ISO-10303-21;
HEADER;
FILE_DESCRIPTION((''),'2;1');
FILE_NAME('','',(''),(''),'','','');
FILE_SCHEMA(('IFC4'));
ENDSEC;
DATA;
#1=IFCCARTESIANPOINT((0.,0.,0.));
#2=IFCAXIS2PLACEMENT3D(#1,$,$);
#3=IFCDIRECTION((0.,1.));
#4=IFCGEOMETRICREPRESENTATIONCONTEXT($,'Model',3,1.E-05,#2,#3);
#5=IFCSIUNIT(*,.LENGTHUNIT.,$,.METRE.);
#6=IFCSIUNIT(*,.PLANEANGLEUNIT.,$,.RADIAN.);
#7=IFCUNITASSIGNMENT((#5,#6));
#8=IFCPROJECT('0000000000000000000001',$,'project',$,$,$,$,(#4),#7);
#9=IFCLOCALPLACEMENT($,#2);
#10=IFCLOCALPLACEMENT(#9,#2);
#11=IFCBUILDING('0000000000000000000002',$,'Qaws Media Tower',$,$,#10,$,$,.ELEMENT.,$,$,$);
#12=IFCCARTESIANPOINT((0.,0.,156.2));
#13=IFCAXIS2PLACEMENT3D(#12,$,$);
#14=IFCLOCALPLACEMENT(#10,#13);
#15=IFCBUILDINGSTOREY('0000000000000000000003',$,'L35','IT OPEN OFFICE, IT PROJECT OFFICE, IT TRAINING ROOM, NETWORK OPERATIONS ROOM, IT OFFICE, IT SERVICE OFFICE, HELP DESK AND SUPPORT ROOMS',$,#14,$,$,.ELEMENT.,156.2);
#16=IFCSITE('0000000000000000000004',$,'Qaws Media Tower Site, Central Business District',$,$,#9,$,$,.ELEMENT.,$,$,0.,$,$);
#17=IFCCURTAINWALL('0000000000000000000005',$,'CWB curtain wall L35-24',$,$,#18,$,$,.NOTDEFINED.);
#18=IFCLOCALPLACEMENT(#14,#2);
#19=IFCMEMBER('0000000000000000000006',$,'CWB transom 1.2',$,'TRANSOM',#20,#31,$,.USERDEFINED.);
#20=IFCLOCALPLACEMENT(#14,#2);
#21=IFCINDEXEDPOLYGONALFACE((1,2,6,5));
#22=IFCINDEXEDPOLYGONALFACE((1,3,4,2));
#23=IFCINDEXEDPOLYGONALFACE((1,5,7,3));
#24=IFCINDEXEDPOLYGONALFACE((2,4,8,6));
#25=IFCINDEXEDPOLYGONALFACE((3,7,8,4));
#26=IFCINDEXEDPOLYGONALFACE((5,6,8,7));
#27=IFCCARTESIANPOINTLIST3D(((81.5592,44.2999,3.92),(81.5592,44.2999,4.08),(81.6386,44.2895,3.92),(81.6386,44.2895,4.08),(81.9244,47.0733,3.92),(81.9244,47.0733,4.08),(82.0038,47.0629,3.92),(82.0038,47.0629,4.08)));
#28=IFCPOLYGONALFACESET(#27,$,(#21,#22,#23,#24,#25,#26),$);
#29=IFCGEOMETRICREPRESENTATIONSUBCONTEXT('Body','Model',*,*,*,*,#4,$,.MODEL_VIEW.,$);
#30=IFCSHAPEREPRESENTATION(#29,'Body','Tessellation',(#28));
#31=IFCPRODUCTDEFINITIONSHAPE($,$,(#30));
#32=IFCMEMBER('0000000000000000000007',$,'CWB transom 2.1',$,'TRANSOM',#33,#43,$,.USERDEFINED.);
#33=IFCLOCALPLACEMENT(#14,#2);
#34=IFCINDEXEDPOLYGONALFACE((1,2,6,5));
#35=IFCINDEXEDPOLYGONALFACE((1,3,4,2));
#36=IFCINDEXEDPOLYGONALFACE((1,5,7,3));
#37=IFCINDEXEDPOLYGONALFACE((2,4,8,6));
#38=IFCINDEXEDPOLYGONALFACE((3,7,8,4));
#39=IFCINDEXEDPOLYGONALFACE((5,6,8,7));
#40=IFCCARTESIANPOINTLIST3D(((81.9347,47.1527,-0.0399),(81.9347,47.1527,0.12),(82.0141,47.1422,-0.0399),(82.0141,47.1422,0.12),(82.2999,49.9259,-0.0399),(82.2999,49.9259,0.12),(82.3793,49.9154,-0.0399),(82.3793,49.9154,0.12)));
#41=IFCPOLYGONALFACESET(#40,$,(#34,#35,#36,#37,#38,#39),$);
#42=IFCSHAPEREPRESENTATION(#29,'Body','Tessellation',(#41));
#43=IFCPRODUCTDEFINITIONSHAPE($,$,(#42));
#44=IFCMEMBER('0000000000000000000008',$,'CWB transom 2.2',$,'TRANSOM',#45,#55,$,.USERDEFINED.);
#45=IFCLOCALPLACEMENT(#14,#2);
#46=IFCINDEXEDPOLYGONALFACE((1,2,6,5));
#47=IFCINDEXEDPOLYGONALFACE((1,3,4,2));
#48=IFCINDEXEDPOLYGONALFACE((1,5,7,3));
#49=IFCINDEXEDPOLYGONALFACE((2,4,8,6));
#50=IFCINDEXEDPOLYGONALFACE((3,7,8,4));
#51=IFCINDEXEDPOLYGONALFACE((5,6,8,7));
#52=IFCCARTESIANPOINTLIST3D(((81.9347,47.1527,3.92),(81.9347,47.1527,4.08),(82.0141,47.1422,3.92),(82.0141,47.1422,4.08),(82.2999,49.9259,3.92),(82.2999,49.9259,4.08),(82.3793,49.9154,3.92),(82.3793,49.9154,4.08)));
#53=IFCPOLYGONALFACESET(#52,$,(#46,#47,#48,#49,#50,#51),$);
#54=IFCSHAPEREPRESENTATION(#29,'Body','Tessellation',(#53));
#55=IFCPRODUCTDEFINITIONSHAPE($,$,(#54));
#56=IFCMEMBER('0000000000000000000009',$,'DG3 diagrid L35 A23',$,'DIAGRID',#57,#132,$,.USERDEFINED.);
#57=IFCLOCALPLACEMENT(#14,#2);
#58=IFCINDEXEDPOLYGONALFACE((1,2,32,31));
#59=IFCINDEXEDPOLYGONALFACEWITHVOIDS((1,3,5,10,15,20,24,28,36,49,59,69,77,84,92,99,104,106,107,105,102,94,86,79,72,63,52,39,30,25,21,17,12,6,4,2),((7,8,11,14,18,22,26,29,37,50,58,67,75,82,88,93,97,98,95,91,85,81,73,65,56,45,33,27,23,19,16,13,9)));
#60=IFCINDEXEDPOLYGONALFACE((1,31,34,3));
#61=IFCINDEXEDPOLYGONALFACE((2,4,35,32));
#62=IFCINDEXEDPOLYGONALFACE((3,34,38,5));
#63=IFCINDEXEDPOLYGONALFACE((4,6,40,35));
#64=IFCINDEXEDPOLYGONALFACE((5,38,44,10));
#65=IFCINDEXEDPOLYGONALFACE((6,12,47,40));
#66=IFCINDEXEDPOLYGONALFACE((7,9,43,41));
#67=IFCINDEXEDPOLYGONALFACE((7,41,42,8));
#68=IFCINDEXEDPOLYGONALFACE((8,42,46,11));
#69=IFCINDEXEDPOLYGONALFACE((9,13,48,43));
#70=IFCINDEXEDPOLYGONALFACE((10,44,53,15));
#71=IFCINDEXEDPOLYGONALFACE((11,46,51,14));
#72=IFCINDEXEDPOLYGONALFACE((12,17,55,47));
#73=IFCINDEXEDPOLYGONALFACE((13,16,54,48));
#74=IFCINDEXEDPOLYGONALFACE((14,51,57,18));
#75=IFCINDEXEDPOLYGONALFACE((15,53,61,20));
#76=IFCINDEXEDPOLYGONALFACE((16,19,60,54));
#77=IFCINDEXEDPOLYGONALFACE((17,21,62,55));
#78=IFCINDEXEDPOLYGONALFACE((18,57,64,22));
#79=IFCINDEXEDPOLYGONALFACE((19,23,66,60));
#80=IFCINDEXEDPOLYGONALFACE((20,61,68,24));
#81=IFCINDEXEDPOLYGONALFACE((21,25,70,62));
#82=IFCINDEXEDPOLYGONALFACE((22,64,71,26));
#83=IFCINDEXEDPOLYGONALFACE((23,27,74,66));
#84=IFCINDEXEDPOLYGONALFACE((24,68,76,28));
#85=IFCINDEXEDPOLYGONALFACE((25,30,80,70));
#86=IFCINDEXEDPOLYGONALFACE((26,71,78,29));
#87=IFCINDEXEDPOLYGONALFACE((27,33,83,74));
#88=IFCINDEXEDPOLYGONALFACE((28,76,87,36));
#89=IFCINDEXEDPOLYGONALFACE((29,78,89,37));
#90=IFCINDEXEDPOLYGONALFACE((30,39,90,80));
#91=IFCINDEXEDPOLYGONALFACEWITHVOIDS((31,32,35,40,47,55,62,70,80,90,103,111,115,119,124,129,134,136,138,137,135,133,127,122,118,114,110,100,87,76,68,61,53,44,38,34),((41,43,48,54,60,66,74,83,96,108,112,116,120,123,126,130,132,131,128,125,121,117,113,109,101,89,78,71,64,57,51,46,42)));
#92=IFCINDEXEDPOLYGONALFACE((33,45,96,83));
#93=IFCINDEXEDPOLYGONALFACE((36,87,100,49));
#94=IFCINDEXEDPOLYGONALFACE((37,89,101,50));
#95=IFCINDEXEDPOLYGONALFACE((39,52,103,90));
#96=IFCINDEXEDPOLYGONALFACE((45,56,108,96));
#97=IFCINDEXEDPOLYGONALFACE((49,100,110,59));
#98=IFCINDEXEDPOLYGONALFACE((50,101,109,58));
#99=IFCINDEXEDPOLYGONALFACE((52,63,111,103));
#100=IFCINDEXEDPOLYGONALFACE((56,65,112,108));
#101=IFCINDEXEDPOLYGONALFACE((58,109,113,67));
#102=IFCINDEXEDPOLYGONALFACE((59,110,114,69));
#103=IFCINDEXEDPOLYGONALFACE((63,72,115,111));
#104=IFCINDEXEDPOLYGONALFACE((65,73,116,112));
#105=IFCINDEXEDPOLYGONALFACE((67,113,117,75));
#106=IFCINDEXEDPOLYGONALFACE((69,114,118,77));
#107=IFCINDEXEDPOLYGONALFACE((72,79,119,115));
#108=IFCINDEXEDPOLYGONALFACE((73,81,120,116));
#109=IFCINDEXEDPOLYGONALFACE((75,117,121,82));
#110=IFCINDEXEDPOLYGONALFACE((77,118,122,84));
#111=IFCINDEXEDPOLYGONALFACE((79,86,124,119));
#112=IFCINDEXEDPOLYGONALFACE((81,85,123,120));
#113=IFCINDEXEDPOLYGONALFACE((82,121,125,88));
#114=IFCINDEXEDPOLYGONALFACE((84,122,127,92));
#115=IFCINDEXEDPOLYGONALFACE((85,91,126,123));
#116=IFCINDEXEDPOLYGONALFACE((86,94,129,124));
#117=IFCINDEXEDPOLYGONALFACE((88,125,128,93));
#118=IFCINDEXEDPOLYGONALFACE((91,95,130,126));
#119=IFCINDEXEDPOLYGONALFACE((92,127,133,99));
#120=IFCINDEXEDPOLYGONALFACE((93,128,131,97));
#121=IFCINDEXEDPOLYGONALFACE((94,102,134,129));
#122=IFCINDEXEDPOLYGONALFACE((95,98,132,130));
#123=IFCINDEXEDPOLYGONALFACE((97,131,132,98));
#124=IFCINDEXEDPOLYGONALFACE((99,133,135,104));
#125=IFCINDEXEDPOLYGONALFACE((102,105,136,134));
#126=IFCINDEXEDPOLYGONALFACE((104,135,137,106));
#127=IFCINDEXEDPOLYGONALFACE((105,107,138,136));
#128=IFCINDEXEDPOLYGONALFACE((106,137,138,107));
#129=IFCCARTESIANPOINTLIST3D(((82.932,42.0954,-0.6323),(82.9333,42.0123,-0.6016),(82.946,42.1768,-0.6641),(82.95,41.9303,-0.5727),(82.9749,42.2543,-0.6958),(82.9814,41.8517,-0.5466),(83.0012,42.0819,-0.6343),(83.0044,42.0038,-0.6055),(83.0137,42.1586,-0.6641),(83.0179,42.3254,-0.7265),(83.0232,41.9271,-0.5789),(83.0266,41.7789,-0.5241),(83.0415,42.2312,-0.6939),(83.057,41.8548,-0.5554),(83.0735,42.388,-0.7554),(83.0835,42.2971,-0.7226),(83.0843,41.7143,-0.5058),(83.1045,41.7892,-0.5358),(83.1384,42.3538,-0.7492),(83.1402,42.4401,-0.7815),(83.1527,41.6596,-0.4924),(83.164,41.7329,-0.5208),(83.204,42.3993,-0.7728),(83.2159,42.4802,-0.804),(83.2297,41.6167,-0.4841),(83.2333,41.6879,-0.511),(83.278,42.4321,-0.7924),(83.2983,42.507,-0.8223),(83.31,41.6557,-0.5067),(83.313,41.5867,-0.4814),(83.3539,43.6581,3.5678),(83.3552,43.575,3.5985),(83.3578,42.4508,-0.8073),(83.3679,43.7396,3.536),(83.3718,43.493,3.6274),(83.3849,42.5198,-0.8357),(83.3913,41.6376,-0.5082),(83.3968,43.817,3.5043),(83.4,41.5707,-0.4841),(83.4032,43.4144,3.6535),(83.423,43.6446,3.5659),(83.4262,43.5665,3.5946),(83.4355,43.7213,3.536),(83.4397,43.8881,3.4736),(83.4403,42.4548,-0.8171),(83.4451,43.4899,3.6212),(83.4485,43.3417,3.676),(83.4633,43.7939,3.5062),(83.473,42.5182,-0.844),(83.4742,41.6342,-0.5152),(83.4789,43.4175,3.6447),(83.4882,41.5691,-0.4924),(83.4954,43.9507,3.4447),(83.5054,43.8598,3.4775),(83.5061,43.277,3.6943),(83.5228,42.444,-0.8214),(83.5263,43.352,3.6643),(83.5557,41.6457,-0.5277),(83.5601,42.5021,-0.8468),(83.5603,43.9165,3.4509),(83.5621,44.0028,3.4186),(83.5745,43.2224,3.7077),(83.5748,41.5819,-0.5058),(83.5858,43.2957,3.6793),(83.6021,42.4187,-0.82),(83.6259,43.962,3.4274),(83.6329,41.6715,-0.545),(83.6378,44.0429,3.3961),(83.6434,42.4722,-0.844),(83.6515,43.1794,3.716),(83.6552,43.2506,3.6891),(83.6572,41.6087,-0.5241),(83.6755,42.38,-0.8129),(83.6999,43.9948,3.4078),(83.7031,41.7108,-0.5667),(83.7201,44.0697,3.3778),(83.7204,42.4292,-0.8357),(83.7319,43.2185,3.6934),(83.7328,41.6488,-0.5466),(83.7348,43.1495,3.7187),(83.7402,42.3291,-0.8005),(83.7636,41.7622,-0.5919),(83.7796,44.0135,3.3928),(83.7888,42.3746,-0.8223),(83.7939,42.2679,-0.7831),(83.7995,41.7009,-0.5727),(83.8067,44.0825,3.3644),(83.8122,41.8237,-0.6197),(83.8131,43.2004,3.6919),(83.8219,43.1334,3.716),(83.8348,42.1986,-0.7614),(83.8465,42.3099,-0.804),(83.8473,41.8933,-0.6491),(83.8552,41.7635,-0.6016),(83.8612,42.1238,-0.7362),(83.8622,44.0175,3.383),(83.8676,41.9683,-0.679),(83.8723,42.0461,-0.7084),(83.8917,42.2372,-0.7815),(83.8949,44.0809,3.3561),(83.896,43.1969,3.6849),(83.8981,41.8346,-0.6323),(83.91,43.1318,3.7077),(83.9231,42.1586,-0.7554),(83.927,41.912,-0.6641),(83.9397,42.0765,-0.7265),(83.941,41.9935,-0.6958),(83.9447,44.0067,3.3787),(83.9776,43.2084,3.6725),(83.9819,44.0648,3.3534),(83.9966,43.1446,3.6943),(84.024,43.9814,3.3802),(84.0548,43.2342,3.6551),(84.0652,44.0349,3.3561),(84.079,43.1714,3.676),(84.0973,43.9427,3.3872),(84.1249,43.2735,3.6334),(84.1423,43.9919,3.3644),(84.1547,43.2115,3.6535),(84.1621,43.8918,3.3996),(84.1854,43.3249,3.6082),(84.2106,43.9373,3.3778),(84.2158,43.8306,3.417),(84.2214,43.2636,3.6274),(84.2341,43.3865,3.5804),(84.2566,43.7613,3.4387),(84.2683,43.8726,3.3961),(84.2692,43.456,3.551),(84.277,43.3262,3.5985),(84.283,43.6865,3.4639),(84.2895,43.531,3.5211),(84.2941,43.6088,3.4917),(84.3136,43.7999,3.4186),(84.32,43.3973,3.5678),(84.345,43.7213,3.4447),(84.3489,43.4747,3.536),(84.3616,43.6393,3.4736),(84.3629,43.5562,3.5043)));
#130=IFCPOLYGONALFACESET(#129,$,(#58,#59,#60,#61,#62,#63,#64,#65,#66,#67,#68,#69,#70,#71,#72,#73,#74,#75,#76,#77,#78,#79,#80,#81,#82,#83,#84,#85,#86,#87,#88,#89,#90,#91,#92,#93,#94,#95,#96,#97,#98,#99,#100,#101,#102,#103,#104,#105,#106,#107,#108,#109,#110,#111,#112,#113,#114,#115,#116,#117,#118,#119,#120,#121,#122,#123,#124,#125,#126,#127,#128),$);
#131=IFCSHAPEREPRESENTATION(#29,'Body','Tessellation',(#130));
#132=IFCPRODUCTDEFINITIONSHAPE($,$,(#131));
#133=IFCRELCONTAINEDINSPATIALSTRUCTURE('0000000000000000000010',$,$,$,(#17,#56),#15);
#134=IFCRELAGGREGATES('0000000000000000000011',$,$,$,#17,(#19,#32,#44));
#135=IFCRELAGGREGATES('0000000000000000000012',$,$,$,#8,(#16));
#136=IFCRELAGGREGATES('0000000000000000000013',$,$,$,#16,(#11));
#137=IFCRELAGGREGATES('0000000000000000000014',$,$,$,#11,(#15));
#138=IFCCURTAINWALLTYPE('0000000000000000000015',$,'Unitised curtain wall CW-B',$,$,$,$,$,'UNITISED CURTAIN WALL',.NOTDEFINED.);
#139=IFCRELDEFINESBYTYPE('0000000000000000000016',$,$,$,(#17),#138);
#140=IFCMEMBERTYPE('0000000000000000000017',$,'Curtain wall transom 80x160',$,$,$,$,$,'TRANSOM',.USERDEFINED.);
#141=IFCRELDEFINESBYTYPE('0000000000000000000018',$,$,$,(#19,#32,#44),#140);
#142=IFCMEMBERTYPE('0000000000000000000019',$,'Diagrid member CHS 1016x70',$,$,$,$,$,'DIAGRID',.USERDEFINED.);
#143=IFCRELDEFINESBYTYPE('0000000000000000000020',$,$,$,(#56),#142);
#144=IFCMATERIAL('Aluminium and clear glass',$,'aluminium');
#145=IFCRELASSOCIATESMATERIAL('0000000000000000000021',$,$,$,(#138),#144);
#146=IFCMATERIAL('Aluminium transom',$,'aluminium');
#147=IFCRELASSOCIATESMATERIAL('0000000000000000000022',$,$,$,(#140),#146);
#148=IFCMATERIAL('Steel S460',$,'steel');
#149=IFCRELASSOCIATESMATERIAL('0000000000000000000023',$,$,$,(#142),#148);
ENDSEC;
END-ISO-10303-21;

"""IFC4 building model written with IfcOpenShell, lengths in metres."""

from ifc_helpers import new_model, si_unit, direction, frame, origin, origin_2d, place, context, subcontext, project, spatial, rectangle, hollow_circle, extrude, material, material_profile, profile_set, type_object, element, aggregate, save


model = new_model("IFC4")

# Units and contexts
model_context = context("Model", 3, precision=1e-05, world=origin(), true_north=direction((0.0, 1.0)))
body_context = subcontext(model_context, "Body", "Model", "MODEL_VIEW")
ifc_project = project(units=[si_unit("LENGTHUNIT", "METRE"), si_unit("PLANEANGLEUNIT", "RADIAN")], contexts=[model_context])

# Site, building, storey
site_placement = place(None, origin())
site = spatial("IfcSite", under=ifc_project, at=site_placement, Name="Qaws Media Tower Site, Central Business District", CompositionType="ELEMENT", RefElevation=0.0)
building_placement = place(site_placement, origin())
building = spatial("IfcBuilding", under=site, at=building_placement, Name="Qaws Media Tower", CompositionType="ELEMENT")
storey_placement = place(building_placement, frame((0.0, 0.0, 156.2)))
storey = spatial("IfcBuildingStorey", under=building, at=storey_placement, Name="L35", Description="IT OPEN OFFICE, IT PROJECT OFFICE, IT TRAINING ROOM, NETWORK OPERATIONS ROOM, IT OFFICE, IT SERVICE OFFICE, HELP DESK AND SUPPORT ROOMS", CompositionType="ELEMENT", Elevation=156.2)

# Curtain wall
ifc_material_1 = material(Name="Aluminium and clear glass", Category="aluminium")
curtain_wall_type = type_object("IfcCurtainWallType", Name="Unitised curtain wall CW-B", ElementType="UNITISED CURTAIN WALL", PredefinedType="NOTDEFINED", material=ifc_material_1)
curtain_wall_1_placement = place(storey_placement, origin())
curtain_wall_1 = element("IfcCurtainWall", 1, at=curtain_wall_1_placement, inside=storey, type_object=curtain_wall_type, Name="CWB curtain wall L35-24", PredefinedType="NOTDEFINED")

# Members
ifc_material_2 = material(Name="Aluminium transom", Category="aluminium")
ifc_material_profile_1 = material_profile(ifc_material_2, rectangle(XDim=0.0801, YDim=0.1599, at=origin_2d()), Name="80x160")
ifc_profile_set_1 = profile_set([ifc_material_profile_1], Name="Aluminium transom")
member_type_1 = type_object("IfcMemberType", Name="Curtain wall transom 80x160", ElementType="TRANSOM", PredefinedType="USERDEFINED", material=ifc_profile_set_1)
member_1_placement = place(storey_placement, frame((81.5989, 44.2947, 4.0), z_axis=(0.130563, 0.99144, 0.0), x_axis=(-0.99144, 0.130563, 0.0)))
member_1 = element("IfcMember", 2, at=member_1_placement, type_object=member_type_1, Name="CWB transom 1.2", ObjectType="TRANSOM", PredefinedType="USERDEFINED", context=body_context, shape_type="SweptSolid", body=[
    extrude(rectangle(XDim=0.0801, YDim=0.1599, at=origin_2d()), origin(), (0.0, 0.0, 1.0), 2.7974),
])
member_2_placement = place(storey_placement, frame((81.9744, 47.1475, 0.04), z_axis=(0.130574, 0.991439, 0.0), x_axis=(-0.991439, 0.130574, 0.0)))
member_2 = element("IfcMember", 3, at=member_2_placement, type_object=member_type_1, Name="CWB transom 2.1", ObjectType="TRANSOM", PredefinedType="USERDEFINED", context=body_context, shape_type="SweptSolid", body=[
    extrude(rectangle(XDim=0.0801, YDim=0.1599, at=origin_2d()), origin(), (0.0, 0.0, 1.0), 2.7971),
])
member_3_placement = place(storey_placement, frame((81.9744, 47.1475, 4.0), z_axis=(0.130574, 0.991439, 0.0), x_axis=(-0.991439, 0.130574, 0.0)))
member_3 = element("IfcMember", 4, at=member_3_placement, type_object=member_type_1, Name="CWB transom 2.2", ObjectType="TRANSOM", PredefinedType="USERDEFINED", context=body_context, shape_type="SweptSolid", body=[
    extrude(rectangle(XDim=0.0801, YDim=0.1599, at=origin_2d()), origin(), (0.0, 0.0, 1.0), 2.7971),
])

# Member
ifc_material_3 = material(Name="Steel S460", Category="steel")
ifc_material_profile_2 = material_profile(ifc_material_3, hollow_circle(Radius=0.5081, WallThickness=0.0701, at=origin_2d()), Name="CHS 1016x70")
ifc_profile_set_2 = profile_set([ifc_material_profile_2], Name="Steel S460")
member_type_2 = type_object("IfcMemberType", Name="Diagrid member CHS 1016x70", ElementType="DIAGRID", PredefinedType="USERDEFINED", material=ifc_profile_set_2)
member_4_placement = place(storey_placement, frame((83.4365, 42.0444, -0.6641), z_axis=(0.093723, 0.347175, 0.933105), x_axis=(-0.965439, 0.260628, 0.0)))
element("IfcMember", 5, at=member_4_placement, inside=storey, type_object=member_type_2, Name="DG3 diagrid L35 A23", ObjectType="DIAGRID", PredefinedType="USERDEFINED", context=body_context, shape_type="SweptSolid", body=[
    extrude(hollow_circle(Radius=0.5081, WallThickness=0.0701, at=origin_2d()), origin(), (0.0, 0.0, 1.0), 4.5012),
])

aggregate(curtain_wall_1, [member_1, member_2, member_3])

save(model, "model.ifc")
